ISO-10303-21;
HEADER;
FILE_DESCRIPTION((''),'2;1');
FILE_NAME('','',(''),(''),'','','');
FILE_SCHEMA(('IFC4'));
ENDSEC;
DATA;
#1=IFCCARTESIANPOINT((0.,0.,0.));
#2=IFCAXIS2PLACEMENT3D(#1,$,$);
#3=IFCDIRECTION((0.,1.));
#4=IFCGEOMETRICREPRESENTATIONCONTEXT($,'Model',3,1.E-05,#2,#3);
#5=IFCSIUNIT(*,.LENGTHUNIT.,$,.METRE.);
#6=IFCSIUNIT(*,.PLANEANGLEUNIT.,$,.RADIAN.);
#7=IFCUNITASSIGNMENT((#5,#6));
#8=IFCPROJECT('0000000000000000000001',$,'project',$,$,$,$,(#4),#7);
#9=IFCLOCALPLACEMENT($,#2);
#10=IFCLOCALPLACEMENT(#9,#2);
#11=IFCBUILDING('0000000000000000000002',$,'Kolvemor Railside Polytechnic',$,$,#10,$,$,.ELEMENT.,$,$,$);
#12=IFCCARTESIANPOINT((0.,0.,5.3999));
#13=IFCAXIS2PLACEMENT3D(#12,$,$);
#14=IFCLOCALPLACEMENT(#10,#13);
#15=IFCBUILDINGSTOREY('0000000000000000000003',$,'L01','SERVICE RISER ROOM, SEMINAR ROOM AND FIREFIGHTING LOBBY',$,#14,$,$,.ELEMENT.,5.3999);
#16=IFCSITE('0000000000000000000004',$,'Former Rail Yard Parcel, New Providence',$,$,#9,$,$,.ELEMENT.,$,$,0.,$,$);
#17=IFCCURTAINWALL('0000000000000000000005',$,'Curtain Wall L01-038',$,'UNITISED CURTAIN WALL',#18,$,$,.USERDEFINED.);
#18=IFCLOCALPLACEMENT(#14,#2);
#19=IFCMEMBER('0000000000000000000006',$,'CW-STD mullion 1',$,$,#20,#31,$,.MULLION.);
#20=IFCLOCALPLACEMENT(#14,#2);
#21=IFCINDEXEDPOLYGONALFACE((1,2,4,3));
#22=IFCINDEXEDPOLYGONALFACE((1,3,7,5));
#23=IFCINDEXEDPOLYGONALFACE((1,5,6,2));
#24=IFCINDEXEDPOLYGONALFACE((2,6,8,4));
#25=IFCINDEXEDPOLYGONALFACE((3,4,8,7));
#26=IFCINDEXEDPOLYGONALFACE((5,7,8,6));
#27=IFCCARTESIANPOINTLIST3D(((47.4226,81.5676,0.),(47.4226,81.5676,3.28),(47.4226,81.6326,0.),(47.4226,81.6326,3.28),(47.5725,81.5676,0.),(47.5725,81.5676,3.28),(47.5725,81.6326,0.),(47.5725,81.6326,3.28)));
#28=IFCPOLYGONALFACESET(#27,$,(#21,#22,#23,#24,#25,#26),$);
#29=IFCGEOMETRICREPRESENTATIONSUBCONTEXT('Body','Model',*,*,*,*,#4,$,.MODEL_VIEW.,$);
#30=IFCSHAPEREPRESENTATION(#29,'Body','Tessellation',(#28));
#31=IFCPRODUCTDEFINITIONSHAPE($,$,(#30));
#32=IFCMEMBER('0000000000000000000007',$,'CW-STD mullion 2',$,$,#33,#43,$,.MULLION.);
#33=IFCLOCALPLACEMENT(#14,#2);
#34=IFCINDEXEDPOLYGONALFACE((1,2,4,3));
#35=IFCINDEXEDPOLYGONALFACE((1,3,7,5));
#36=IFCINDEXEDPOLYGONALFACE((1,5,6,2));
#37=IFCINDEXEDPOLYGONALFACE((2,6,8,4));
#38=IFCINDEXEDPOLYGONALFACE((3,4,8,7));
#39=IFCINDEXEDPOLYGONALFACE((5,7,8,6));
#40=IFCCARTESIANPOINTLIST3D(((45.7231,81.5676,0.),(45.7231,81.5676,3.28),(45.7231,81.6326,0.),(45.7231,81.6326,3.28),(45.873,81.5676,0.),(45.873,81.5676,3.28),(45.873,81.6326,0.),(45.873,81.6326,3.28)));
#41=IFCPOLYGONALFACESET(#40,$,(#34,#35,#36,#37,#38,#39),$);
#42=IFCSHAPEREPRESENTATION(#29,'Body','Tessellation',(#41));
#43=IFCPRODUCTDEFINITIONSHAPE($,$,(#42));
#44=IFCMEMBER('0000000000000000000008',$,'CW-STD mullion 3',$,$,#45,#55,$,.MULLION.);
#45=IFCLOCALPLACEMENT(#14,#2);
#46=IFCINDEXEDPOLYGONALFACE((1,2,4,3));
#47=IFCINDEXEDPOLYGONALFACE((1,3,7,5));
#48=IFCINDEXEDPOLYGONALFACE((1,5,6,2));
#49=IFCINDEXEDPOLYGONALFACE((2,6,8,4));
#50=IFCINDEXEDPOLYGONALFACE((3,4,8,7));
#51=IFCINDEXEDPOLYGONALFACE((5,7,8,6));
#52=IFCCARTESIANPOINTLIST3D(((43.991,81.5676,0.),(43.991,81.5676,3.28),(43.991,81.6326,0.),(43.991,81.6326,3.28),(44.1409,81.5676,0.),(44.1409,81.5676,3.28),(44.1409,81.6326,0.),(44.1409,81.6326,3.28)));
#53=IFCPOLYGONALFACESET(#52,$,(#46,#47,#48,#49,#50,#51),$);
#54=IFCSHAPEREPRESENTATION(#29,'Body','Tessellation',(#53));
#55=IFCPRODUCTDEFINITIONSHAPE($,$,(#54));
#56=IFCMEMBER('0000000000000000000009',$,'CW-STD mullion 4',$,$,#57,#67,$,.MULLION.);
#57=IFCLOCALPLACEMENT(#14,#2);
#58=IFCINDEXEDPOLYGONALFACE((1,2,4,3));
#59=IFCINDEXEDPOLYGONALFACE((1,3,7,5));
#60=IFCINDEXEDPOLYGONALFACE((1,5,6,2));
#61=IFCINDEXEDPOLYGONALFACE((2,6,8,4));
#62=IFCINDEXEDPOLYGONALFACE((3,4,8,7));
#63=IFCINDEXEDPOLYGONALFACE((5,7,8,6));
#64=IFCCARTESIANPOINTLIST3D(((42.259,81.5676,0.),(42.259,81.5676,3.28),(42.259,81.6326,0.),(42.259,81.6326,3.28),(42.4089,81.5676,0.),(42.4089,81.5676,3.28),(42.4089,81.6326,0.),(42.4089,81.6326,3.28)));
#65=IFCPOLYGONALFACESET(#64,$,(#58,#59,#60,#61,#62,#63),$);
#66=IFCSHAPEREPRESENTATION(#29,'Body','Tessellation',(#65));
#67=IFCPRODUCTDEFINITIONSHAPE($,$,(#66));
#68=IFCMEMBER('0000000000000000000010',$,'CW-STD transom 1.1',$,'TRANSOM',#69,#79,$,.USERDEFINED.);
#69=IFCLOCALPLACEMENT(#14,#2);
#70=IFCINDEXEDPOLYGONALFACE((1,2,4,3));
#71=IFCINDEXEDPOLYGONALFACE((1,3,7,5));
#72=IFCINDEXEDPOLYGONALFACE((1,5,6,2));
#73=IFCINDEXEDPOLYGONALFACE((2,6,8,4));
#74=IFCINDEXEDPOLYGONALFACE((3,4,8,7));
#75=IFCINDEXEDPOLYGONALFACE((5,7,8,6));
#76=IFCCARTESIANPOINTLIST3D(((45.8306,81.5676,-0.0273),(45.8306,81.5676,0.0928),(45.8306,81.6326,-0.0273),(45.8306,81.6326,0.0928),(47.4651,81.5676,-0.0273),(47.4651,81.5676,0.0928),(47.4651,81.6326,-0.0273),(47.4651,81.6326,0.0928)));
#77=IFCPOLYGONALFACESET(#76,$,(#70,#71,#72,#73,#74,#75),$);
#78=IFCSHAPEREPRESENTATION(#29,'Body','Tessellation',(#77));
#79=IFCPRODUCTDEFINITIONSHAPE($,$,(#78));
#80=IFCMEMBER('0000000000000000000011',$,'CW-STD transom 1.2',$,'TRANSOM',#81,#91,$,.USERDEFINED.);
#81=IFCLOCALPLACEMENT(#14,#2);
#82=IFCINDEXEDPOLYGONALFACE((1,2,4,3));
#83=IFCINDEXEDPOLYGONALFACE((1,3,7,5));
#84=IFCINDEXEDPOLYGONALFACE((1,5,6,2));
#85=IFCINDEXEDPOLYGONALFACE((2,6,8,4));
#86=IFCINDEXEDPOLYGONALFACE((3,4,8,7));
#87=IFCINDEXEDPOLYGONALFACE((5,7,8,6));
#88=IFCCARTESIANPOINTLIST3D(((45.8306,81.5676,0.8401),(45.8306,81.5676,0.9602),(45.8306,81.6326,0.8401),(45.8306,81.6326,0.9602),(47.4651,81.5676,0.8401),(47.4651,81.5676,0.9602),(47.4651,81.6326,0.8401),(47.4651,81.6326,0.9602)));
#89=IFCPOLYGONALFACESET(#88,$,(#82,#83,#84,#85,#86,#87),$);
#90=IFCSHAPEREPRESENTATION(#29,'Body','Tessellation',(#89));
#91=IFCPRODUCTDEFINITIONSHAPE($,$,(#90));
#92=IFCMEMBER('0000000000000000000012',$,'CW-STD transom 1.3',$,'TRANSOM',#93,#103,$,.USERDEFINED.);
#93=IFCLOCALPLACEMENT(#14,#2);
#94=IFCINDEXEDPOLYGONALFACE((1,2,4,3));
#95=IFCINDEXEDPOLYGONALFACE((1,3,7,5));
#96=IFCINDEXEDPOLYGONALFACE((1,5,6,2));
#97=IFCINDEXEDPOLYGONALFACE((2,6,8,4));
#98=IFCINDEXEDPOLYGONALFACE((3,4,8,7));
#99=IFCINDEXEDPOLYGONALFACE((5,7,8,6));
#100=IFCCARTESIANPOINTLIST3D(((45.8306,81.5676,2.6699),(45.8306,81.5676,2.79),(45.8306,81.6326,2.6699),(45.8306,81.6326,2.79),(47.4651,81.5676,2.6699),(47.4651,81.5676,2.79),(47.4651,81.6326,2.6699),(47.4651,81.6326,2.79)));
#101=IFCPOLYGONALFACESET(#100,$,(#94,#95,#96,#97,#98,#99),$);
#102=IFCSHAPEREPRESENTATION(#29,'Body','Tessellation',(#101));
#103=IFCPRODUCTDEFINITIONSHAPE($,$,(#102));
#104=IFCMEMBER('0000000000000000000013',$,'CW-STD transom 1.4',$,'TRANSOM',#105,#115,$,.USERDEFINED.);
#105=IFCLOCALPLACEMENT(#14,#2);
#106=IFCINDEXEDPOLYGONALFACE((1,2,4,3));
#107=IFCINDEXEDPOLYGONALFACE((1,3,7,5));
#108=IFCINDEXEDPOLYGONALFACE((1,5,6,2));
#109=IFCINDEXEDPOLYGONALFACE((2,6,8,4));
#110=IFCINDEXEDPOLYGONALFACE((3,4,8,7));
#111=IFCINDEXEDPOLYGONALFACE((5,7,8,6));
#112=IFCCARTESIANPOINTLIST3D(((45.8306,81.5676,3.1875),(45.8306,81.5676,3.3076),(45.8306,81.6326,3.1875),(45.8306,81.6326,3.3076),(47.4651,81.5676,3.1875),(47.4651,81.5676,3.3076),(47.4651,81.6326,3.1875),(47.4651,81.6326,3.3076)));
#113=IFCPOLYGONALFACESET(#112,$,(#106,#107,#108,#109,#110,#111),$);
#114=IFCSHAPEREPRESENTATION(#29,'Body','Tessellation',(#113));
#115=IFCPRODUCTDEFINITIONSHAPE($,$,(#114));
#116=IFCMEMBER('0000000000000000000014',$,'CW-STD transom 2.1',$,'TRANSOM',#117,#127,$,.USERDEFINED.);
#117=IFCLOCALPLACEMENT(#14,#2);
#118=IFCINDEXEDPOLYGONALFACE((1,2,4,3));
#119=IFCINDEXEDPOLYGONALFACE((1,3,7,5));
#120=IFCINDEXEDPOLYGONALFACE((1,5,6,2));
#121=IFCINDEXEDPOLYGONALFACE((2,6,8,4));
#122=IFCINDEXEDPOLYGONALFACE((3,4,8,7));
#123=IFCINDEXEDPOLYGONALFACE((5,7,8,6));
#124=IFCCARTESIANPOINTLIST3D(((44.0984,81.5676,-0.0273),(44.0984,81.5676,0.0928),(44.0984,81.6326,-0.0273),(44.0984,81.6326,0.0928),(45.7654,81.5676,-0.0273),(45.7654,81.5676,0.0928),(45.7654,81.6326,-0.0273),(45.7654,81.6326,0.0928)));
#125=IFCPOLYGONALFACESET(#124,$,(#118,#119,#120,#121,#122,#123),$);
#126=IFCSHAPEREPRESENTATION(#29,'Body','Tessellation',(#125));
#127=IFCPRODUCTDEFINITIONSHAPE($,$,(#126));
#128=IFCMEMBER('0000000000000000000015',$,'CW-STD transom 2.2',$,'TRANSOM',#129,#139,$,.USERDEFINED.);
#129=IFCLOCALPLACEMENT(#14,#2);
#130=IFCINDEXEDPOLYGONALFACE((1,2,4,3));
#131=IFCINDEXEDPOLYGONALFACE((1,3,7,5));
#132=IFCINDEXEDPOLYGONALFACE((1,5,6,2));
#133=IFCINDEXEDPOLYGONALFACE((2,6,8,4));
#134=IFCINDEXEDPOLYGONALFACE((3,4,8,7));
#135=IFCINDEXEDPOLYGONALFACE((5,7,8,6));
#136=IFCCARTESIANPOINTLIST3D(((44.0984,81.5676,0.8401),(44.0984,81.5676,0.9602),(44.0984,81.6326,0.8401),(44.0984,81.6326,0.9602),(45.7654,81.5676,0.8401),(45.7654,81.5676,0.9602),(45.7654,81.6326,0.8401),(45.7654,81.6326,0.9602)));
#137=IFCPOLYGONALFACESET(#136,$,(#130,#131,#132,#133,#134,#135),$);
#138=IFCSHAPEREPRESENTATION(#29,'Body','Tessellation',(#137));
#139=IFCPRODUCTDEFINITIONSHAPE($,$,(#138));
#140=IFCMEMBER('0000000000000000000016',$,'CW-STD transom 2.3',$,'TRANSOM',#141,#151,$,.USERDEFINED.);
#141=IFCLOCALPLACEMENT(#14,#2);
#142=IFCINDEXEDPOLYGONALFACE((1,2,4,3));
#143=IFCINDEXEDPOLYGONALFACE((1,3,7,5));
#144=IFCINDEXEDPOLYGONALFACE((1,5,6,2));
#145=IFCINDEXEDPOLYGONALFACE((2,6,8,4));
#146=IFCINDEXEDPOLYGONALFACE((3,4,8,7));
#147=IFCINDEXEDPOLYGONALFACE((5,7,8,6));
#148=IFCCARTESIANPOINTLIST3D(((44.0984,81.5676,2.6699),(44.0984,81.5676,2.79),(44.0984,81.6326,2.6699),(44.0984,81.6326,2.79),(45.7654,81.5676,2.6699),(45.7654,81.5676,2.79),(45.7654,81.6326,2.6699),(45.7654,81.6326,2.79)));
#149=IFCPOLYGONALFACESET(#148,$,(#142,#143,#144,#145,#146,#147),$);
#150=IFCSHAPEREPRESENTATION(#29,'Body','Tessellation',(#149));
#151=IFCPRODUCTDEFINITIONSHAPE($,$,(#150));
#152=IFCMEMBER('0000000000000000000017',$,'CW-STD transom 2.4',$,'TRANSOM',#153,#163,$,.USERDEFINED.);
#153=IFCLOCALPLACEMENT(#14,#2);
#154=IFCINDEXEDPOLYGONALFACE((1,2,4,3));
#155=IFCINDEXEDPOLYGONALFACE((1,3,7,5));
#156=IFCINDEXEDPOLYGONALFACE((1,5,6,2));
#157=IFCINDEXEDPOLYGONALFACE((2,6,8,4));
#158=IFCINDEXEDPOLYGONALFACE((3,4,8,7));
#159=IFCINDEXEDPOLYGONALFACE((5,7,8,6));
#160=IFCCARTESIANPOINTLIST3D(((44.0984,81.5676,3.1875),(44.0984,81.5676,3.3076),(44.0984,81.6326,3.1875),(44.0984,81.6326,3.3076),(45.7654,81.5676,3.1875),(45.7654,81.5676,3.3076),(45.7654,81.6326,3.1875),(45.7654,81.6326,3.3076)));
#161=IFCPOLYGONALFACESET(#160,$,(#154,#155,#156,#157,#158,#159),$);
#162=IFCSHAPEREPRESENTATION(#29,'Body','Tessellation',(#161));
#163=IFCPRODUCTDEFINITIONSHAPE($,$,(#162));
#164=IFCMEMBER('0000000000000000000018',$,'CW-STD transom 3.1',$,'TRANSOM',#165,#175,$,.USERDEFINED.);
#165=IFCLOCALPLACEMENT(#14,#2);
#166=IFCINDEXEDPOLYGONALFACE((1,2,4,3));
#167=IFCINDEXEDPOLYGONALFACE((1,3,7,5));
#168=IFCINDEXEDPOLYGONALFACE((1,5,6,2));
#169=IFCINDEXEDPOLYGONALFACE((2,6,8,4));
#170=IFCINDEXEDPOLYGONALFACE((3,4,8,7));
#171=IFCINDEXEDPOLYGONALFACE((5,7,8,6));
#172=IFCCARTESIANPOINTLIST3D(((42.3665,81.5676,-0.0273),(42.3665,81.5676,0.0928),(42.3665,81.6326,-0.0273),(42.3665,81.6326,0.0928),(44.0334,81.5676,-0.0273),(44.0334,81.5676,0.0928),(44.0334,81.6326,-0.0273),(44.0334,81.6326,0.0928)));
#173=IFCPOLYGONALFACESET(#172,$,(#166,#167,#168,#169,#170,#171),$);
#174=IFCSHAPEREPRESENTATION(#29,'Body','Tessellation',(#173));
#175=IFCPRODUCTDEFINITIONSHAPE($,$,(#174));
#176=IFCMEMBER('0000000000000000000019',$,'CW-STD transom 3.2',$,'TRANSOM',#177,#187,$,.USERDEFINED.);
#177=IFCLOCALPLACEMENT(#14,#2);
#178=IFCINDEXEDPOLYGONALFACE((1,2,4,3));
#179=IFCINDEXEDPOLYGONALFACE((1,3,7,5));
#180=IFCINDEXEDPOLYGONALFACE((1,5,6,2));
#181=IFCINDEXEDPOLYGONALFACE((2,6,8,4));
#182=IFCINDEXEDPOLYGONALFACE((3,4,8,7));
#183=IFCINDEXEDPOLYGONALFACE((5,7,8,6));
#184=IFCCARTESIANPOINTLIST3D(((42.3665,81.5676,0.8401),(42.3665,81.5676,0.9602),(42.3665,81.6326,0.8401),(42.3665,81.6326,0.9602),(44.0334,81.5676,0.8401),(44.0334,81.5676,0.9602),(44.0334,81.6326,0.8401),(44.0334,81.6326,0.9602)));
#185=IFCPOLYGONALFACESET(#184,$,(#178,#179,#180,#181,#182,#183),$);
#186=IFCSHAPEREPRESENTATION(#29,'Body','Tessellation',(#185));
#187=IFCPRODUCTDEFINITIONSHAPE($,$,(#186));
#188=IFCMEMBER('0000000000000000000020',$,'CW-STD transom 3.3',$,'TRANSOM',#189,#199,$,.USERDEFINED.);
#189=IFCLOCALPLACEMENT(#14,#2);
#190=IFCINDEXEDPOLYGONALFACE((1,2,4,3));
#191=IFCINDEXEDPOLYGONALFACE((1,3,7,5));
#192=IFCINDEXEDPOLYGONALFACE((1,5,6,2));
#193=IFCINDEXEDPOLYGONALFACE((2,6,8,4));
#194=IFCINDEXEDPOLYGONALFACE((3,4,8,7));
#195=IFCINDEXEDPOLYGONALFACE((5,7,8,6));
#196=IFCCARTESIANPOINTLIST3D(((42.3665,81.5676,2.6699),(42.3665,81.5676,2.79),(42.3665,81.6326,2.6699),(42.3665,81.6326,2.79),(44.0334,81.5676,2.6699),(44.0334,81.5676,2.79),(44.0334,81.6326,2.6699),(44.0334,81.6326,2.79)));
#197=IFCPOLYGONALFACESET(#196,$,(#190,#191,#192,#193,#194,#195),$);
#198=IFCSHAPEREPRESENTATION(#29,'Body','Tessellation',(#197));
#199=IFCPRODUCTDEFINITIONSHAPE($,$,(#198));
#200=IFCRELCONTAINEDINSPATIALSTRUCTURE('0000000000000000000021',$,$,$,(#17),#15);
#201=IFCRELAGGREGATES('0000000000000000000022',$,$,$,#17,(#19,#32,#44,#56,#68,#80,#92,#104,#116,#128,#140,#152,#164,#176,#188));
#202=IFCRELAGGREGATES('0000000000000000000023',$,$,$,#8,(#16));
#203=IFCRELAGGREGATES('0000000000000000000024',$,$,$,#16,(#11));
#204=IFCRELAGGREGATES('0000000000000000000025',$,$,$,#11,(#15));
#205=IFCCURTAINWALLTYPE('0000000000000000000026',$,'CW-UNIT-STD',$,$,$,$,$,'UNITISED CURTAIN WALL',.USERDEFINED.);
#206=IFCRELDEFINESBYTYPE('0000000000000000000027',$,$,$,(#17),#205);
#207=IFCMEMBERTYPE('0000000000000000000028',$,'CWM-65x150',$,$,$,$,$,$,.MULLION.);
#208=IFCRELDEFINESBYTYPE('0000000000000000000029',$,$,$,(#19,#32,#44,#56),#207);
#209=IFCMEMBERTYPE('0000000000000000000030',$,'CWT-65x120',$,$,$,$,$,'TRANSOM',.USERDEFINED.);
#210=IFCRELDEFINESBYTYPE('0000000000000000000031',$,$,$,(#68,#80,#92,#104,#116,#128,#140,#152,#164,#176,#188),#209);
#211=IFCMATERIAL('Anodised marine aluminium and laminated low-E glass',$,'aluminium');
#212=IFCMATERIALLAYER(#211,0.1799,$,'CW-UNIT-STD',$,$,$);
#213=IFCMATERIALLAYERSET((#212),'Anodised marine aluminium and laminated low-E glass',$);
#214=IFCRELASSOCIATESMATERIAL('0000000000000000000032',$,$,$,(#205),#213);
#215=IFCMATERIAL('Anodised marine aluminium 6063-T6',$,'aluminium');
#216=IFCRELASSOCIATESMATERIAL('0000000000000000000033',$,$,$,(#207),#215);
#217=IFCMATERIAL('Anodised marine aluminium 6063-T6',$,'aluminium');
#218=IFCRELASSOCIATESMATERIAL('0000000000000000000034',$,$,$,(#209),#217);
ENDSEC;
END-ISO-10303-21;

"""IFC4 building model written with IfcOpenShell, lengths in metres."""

from ifc_helpers import new_model, si_unit, direction, frame, origin, origin_2d, place, context, subcontext, project, spatial, rectangle, extrude, material, layer, layer_set, material_profile, profile_set, type_object, element, aggregate, save


model = new_model("IFC4")

# Units and contexts
model_context = context("Model", 3, precision=1e-05, world=origin(), true_north=direction((0.0, 1.0)))
body_context = subcontext(model_context, "Body", "Model", "MODEL_VIEW")
ifc_project = project(units=[si_unit("LENGTHUNIT", "METRE"), si_unit("PLANEANGLEUNIT", "RADIAN")], contexts=[model_context])

# Site, building, storey
site_placement = place(None, origin())
site = spatial("IfcSite", under=ifc_project, at=site_placement, Name="Former Rail Yard Parcel, New Providence", CompositionType="ELEMENT", RefElevation=0.0)
building_placement = place(site_placement, origin())
building = spatial("IfcBuilding", under=site, at=building_placement, Name="Kolvemor Railside Polytechnic", CompositionType="ELEMENT")
storey_placement = place(building_placement, frame((0.0, 0.0, 5.3999)))
storey = spatial("IfcBuildingStorey", under=building, at=storey_placement, Name="L01", Description="SERVICE RISER ROOM, SEMINAR ROOM AND FIREFIGHTING LOBBY", CompositionType="ELEMENT", Elevation=5.3999)

# Curtain wall, members
ifc_material_1 = material(Name="Anodised marine aluminium and laminated low-E glass", Category="aluminium")
ifc_layer_1 = layer(ifc_material_1, 0.1799, Name="CW-UNIT-STD")
ifc_layer_set_1 = layer_set([ifc_layer_1], Name="Anodised marine aluminium and laminated low-E glass")
curtain_wall_type = type_object("IfcCurtainWallType", Name="CW-UNIT-STD", ElementType="UNITISED CURTAIN WALL", PredefinedType="USERDEFINED", material=ifc_layer_set_1)
curtain_wall_placement = place(storey_placement, origin())
curtain_wall = element("IfcCurtainWall", 1, at=curtain_wall_placement, inside=storey, type_object=curtain_wall_type, Name="Curtain Wall L01-038", ObjectType="UNITISED CURTAIN WALL", PredefinedType="USERDEFINED")
ifc_material_2 = material(Name="Anodised marine aluminium 6063-T6", Category="aluminium")
ifc_material_profile_1 = material_profile(ifc_material_2, rectangle(XDim=0.0649, YDim=0.1499, at=origin_2d()), Name="CW-MUL-65x150")
ifc_profile_set_1 = profile_set([ifc_material_profile_1], Name="Anodised marine aluminium 6063-T6")
member_type_1 = type_object("IfcMemberType", Name="CWM-65x150", PredefinedType="MULLION", material=ifc_profile_set_1)
member_1_placement = place(storey_placement, frame((47.4976, 81.6001, 0.0), z_axis=(0.0, 0.0, 1.0), x_axis=(0.0, -1.0, 0.0)))
member_1 = element("IfcMember", 2, at=member_1_placement, type_object=member_type_1, Name="CW-STD mullion 1", PredefinedType="MULLION", context=body_context, shape_type="SweptSolid", body=[
    extrude(rectangle(XDim=0.0649, YDim=0.1499, at=origin_2d()), origin(), (0.0, 0.0, 1.0), 3.28),
])
member_2_placement = place(storey_placement, frame((45.7981, 81.6001, 0.0), z_axis=(0.0, 0.0, 1.0), x_axis=(0.0, -1.0, 0.0)))
member_2 = element("IfcMember", 3, at=member_2_placement, type_object=member_type_1, Name="CW-STD mullion 2", PredefinedType="MULLION", context=body_context, shape_type="SweptSolid", body=[
    extrude(rectangle(XDim=0.0649, YDim=0.1499, at=origin_2d()), origin(), (0.0, 0.0, 1.0), 3.28),
])
member_3_placement = place(storey_placement, frame((44.0659, 81.6001, 0.0), z_axis=(0.0, 0.0, 1.0), x_axis=(0.0, -1.0, 0.0)))
member_3 = element("IfcMember", 4, at=member_3_placement, type_object=member_type_1, Name="CW-STD mullion 3", PredefinedType="MULLION", context=body_context, shape_type="SweptSolid", body=[
    extrude(rectangle(XDim=0.0649, YDim=0.1499, at=origin_2d()), origin(), (0.0, 0.0, 1.0), 3.28),
])
member_4_placement = place(storey_placement, frame((42.334, 81.6001, 0.0), z_axis=(0.0, 0.0, 1.0), x_axis=(0.0, -1.0, 0.0)))
member_4 = element("IfcMember", 5, at=member_4_placement, type_object=member_type_1, Name="CW-STD mullion 4", PredefinedType="MULLION", context=body_context, shape_type="SweptSolid", body=[
    extrude(rectangle(XDim=0.0649, YDim=0.1499, at=origin_2d()), origin(), (0.0, 0.0, 1.0), 3.28),
])
ifc_material_3 = material(Name="Anodised marine aluminium 6063-T6", Category="aluminium")
ifc_material_profile_2 = material_profile(ifc_material_3, rectangle(XDim=0.0649, YDim=0.1201, at=origin_2d()), Name="CW-TRN-65x120")
ifc_profile_set_2 = profile_set([ifc_material_profile_2], Name="Anodised marine aluminium 6063-T6")
member_type_2 = type_object("IfcMemberType", Name="CWT-65x120", ElementType="TRANSOM", PredefinedType="USERDEFINED", material=ifc_profile_set_2)
member_5_placement = place(storey_placement, frame((47.4651, 81.6001, 0.0327), z_axis=(-1.0, 0.0, 0.0), x_axis=(0.0, -1.0, 0.0)))
member_5 = element("IfcMember", 6, at=member_5_placement, type_object=member_type_2, Name="CW-STD transom 1.1", ObjectType="TRANSOM", PredefinedType="USERDEFINED", context=body_context, shape_type="SweptSolid", body=[
    extrude(rectangle(XDim=0.0649, YDim=0.1201, at=origin_2d()), origin(), (0.0, 0.0, 1.0), 1.6345),
])
member_6_placement = place(storey_placement, frame((47.4651, 81.6001, 0.9001), z_axis=(-1.0, 0.0, 0.0), x_axis=(0.0, -1.0, 0.0)))
member_6 = element("IfcMember", 7, at=member_6_placement, type_object=member_type_2, Name="CW-STD transom 1.2", ObjectType="TRANSOM", PredefinedType="USERDEFINED", context=body_context, shape_type="SweptSolid", body=[
    extrude(rectangle(XDim=0.0649, YDim=0.1201, at=origin_2d()), origin(), (0.0, 0.0, 1.0), 1.6345),
])
member_7_placement = place(storey_placement, frame((47.4651, 81.6001, 2.73), z_axis=(-1.0, 0.0, 0.0), x_axis=(0.0, -1.0, 0.0)))
member_7 = element("IfcMember", 8, at=member_7_placement, type_object=member_type_2, Name="CW-STD transom 1.3", ObjectType="TRANSOM", PredefinedType="USERDEFINED", context=body_context, shape_type="SweptSolid", body=[
    extrude(rectangle(XDim=0.0649, YDim=0.1201, at=origin_2d()), origin(), (0.0, 0.0, 1.0), 1.6345),
])
member_8_placement = place(storey_placement, frame((47.4651, 81.6001, 3.2476), z_axis=(-1.0, 0.0, 0.0), x_axis=(0.0, -1.0, 0.0)))
member_8 = element("IfcMember", 9, at=member_8_placement, type_object=member_type_2, Name="CW-STD transom 1.4", ObjectType="TRANSOM", PredefinedType="USERDEFINED", context=body_context, shape_type="SweptSolid", body=[
    extrude(rectangle(XDim=0.0649, YDim=0.1201, at=origin_2d()), origin(), (0.0, 0.0, 1.0), 1.6345),
])
member_9_placement = place(storey_placement, frame((45.7654, 81.6001, 0.0327), z_axis=(-1.0, 0.0, 0.0), x_axis=(0.0, -1.0, 0.0)))
member_9 = element("IfcMember", 10, at=member_9_placement, type_object=member_type_2, Name="CW-STD transom 2.1", ObjectType="TRANSOM", PredefinedType="USERDEFINED", context=body_context, shape_type="SweptSolid", body=[
    extrude(rectangle(XDim=0.0649, YDim=0.1201, at=origin_2d()), origin(), (0.0, 0.0, 1.0), 1.667),
])
member_10_placement = place(storey_placement, frame((45.7654, 81.6001, 0.9001), z_axis=(-1.0, 0.0, 0.0), x_axis=(0.0, -1.0, 0.0)))
member_10 = element("IfcMember", 11, at=member_10_placement, type_object=member_type_2, Name="CW-STD transom 2.2", ObjectType="TRANSOM", PredefinedType="USERDEFINED", context=body_context, shape_type="SweptSolid", body=[
    extrude(rectangle(XDim=0.0649, YDim=0.1201, at=origin_2d()), origin(), (0.0, 0.0, 1.0), 1.667),
])
member_11_placement = place(storey_placement, frame((45.7654, 81.6001, 2.73), z_axis=(-1.0, 0.0, 0.0), x_axis=(0.0, -1.0, 0.0)))
member_11 = element("IfcMember", 12, at=member_11_placement, type_object=member_type_2, Name="CW-STD transom 2.3", ObjectType="TRANSOM", PredefinedType="USERDEFINED", context=body_context, shape_type="SweptSolid", body=[
    extrude(rectangle(XDim=0.0649, YDim=0.1201, at=origin_2d()), origin(), (0.0, 0.0, 1.0), 1.667),
])
member_12_placement = place(storey_placement, frame((45.7654, 81.6001, 3.2476), z_axis=(-1.0, 0.0, 0.0), x_axis=(0.0, -1.0, 0.0)))
member_12 = element("IfcMember", 13, at=member_12_placement, type_object=member_type_2, Name="CW-STD transom 2.4", ObjectType="TRANSOM", PredefinedType="USERDEFINED", context=body_context, shape_type="SweptSolid", body=[
    extrude(rectangle(XDim=0.0649, YDim=0.1201, at=origin_2d()), origin(), (0.0, 0.0, 1.0), 1.667),
])
member_13_placement = place(storey_placement, frame((44.0334, 81.6001, 0.0327), z_axis=(-1.0, 0.0, 0.0), x_axis=(0.0, -1.0, 0.0)))
member_13 = element("IfcMember", 14, at=member_13_placement, type_object=member_type_2, Name="CW-STD transom 3.1", ObjectType="TRANSOM", PredefinedType="USERDEFINED", context=body_context, shape_type="SweptSolid", body=[
    extrude(rectangle(XDim=0.0649, YDim=0.1201, at=origin_2d()), origin(), (0.0, 0.0, 1.0), 1.667),
])
member_14_placement = place(storey_placement, frame((44.0334, 81.6001, 0.9001), z_axis=(-1.0, 0.0, 0.0), x_axis=(0.0, -1.0, 0.0)))
member_14 = element("IfcMember", 15, at=member_14_placement, type_object=member_type_2, Name="CW-STD transom 3.2", ObjectType="TRANSOM", PredefinedType="USERDEFINED", context=body_context, shape_type="SweptSolid", body=[
    extrude(rectangle(XDim=0.0649, YDim=0.1201, at=origin_2d()), origin(), (0.0, 0.0, 1.0), 1.667),
])
member_15_placement = place(storey_placement, frame((44.0334, 81.6001, 2.73), z_axis=(-1.0, 0.0, 0.0), x_axis=(0.0, -1.0, 0.0)))
member_15 = element("IfcMember", 16, at=member_15_placement, type_object=member_type_2, Name="CW-STD transom 3.3", ObjectType="TRANSOM", PredefinedType="USERDEFINED", context=body_context, shape_type="SweptSolid", body=[
    extrude(rectangle(XDim=0.0649, YDim=0.1201, at=origin_2d()), origin(), (0.0, 0.0, 1.0), 1.667),
])
aggregate(curtain_wall, [member_1, member_2, member_3, member_4, member_5, member_6, member_7, member_8, member_9, member_10, member_11, member_12, member_13, member_14, member_15])

save(model, "model.ifc")
